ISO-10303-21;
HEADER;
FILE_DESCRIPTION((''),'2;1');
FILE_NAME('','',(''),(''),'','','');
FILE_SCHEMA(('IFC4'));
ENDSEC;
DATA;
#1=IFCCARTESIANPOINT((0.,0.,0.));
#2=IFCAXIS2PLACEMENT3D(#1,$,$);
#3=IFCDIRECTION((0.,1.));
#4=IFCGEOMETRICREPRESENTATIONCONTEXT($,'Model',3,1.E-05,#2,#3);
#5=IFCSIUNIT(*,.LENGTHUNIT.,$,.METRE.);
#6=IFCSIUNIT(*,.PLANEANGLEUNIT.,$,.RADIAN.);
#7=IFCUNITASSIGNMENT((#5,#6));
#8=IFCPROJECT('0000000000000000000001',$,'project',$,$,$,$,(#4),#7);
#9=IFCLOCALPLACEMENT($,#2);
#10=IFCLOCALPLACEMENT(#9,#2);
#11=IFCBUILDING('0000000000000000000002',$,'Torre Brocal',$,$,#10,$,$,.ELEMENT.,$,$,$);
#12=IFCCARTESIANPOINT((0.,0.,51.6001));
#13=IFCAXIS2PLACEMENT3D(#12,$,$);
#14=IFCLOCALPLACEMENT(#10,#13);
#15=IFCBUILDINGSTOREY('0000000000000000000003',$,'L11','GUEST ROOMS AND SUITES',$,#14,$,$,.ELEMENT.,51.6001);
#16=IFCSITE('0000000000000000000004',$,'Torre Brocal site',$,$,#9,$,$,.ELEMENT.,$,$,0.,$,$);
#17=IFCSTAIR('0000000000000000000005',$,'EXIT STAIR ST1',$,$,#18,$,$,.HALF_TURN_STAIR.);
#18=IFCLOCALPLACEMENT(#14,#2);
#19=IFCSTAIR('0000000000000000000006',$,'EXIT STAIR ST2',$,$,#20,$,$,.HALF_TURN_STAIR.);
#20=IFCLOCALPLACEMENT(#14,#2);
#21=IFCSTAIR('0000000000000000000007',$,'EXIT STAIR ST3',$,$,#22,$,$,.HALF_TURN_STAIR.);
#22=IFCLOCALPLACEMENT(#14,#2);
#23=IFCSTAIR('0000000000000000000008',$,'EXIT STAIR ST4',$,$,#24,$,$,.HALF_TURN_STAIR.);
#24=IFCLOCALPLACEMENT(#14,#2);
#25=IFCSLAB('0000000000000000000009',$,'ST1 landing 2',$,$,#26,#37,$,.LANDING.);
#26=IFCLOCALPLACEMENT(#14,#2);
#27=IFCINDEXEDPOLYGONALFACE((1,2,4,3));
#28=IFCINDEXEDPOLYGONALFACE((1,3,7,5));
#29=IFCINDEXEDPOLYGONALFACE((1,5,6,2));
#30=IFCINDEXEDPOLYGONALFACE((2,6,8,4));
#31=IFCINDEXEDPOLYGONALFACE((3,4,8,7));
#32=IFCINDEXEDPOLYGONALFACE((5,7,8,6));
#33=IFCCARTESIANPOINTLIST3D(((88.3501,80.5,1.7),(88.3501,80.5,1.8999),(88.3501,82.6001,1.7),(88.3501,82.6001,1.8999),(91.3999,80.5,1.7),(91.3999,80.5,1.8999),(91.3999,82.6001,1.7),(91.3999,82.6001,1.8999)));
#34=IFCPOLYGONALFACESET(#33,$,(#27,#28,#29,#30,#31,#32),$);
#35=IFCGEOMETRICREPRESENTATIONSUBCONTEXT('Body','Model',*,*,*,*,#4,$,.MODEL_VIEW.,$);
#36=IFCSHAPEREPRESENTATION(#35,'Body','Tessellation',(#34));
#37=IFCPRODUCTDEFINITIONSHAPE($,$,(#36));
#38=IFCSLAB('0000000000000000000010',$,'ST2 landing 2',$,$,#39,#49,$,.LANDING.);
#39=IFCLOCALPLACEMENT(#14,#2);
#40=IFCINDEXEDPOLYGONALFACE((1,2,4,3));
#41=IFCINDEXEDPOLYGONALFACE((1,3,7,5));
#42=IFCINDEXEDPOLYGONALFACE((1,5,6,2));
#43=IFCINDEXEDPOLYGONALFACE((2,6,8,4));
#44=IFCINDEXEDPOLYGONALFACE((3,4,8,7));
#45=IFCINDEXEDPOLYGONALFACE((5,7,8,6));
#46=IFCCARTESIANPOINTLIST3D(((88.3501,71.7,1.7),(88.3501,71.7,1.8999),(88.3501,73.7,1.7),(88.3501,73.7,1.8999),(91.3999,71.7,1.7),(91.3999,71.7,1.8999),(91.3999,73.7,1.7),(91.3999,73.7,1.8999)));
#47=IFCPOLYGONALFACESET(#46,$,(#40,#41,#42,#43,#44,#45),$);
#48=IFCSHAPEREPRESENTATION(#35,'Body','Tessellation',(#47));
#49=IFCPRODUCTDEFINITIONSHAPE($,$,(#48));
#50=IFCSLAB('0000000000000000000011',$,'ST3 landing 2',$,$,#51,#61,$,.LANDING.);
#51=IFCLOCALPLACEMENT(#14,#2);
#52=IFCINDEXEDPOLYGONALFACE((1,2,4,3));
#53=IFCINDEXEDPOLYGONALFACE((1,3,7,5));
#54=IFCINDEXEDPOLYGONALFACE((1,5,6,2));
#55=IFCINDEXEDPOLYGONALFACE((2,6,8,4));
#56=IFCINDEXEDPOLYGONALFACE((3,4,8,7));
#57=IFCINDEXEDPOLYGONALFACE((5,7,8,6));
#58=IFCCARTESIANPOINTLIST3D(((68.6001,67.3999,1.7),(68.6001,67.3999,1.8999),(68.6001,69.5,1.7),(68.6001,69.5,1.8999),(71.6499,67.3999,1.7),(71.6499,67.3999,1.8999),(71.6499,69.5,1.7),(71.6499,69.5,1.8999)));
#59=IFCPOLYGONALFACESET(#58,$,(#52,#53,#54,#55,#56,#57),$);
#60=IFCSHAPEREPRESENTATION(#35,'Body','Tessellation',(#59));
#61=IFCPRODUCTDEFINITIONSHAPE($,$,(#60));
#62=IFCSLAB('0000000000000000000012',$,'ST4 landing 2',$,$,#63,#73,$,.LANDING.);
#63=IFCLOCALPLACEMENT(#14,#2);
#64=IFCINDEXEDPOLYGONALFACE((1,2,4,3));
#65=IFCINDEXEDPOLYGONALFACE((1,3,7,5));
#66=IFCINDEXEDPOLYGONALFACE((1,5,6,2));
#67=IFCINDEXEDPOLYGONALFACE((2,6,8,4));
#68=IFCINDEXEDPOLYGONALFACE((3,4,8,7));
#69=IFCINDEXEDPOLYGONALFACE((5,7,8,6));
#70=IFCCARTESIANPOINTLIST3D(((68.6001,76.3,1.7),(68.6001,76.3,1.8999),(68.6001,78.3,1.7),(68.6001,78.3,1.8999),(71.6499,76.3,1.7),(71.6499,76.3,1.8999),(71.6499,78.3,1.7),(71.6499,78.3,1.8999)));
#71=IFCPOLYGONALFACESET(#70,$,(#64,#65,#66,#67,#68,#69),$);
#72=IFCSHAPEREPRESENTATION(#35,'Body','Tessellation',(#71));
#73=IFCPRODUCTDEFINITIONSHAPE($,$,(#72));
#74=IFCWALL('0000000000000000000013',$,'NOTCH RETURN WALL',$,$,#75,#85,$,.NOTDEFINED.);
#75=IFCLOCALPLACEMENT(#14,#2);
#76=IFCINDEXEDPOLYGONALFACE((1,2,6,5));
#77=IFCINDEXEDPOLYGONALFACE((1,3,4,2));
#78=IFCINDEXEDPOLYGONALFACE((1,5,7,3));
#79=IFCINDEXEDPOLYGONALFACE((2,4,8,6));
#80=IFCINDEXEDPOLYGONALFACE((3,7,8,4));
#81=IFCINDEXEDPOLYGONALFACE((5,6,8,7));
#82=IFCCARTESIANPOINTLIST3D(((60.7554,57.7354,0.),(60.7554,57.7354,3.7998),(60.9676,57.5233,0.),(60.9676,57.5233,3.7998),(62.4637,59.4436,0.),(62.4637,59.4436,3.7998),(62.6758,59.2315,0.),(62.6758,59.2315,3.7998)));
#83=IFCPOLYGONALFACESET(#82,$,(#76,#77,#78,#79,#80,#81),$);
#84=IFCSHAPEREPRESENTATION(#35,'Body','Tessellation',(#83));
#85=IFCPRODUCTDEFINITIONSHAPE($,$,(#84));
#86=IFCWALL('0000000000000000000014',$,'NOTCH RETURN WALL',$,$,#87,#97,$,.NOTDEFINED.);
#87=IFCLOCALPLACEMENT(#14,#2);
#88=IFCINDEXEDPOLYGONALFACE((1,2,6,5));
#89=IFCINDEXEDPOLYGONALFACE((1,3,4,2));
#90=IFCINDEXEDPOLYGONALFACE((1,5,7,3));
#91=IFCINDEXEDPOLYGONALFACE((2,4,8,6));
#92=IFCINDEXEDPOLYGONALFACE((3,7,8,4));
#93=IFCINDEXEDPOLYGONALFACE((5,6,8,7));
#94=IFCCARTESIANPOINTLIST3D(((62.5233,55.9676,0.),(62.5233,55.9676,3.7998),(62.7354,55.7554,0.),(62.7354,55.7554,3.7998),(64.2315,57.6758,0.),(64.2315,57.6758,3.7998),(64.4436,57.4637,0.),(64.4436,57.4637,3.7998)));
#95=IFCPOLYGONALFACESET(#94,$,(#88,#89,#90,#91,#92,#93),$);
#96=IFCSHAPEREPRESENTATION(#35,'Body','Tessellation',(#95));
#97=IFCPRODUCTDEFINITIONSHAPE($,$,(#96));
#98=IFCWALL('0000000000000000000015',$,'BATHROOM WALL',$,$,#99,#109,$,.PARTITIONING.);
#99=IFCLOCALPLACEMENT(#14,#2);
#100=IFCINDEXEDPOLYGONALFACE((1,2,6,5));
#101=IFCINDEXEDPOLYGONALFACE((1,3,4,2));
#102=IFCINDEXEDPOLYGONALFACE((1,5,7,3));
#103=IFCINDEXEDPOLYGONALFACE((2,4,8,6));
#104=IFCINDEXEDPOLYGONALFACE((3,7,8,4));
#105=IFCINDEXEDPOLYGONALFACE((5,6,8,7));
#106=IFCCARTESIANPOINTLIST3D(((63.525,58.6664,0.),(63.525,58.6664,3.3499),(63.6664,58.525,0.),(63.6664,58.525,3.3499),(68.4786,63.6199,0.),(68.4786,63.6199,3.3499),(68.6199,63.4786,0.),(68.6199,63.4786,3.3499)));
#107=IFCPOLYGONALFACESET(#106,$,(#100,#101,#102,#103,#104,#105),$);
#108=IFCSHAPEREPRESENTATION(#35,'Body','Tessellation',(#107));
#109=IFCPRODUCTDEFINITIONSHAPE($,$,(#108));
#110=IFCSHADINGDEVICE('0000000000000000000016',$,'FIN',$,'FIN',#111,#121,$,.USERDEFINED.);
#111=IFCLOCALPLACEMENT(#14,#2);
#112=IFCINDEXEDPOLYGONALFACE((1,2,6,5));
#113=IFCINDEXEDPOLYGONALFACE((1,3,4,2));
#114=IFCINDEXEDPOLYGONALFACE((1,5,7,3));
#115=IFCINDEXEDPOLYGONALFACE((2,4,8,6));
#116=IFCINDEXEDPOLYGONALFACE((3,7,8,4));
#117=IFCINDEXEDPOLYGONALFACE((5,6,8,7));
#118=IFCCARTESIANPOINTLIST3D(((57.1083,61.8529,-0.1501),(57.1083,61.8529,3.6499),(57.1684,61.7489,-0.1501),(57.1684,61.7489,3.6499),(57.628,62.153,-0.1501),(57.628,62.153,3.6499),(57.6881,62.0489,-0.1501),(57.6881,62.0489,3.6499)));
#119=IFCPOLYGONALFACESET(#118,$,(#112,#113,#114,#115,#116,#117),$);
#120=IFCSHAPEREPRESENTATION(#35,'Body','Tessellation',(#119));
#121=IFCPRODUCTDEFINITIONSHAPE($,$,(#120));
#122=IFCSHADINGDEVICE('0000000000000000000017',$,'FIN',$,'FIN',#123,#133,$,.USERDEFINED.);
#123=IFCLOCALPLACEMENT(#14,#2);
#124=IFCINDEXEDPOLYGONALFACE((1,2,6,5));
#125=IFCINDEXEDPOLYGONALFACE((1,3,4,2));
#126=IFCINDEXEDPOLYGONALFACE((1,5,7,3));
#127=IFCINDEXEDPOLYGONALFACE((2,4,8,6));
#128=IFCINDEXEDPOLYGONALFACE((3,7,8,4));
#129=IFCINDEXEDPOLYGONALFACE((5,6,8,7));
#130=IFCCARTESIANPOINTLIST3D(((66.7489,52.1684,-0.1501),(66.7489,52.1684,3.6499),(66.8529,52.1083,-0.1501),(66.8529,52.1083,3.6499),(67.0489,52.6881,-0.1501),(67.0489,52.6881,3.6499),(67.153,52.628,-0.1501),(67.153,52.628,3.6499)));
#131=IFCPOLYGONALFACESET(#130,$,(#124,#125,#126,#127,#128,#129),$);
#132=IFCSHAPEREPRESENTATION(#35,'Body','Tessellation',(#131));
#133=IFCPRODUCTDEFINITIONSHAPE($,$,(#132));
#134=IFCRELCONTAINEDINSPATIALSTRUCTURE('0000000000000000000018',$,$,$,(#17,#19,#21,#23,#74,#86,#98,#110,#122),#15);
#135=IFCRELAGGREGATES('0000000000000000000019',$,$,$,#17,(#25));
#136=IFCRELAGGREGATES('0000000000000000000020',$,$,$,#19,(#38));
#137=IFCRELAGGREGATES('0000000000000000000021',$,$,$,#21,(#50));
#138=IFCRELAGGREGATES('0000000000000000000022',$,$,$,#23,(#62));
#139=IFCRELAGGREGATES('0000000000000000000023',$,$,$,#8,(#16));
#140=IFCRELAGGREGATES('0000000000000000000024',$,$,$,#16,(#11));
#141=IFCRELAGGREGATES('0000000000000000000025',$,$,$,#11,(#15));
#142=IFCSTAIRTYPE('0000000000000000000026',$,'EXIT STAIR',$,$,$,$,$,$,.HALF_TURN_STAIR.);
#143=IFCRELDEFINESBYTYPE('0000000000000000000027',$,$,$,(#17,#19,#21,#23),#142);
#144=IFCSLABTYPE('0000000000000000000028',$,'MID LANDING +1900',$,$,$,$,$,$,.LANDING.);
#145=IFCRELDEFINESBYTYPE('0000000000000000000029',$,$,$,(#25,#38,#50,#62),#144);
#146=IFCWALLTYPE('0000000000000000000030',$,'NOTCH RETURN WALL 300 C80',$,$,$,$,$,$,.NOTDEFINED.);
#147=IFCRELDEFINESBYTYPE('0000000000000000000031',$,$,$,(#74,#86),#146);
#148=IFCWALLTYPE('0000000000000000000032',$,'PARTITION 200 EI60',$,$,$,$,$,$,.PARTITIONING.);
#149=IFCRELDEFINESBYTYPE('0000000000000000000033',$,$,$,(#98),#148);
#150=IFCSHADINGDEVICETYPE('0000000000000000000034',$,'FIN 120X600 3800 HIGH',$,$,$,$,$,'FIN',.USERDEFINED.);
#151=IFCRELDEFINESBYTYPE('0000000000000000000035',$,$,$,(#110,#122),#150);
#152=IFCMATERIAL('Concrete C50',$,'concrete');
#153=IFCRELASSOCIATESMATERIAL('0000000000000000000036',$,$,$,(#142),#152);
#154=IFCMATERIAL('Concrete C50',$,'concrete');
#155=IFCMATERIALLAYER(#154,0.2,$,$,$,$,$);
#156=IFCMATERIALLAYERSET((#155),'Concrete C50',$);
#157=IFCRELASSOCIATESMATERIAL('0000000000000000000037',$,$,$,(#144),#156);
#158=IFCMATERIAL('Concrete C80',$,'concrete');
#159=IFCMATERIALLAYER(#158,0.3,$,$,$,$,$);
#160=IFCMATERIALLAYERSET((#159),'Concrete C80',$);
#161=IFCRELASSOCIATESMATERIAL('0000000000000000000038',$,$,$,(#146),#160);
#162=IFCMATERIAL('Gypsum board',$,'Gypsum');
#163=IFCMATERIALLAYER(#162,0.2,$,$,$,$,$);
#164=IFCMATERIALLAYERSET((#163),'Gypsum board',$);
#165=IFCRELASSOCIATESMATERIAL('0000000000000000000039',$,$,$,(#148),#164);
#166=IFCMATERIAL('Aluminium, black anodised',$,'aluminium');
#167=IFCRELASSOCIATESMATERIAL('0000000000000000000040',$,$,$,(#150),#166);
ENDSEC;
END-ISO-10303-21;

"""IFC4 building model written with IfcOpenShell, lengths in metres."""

from ifc_helpers import new_model, si_unit, direction, frame, frame_2d, origin, origin_2d, place, context, subcontext, project, spatial, polyline, rectangle, outline, extrude, material, layer, layer_set, material_profile, profile_set, type_object, element, aggregate, save


model = new_model("IFC4")

# Units and contexts
model_context = context("Model", 3, precision=1e-05, world=origin(), true_north=direction((0.0, 1.0)))
body_context = subcontext(model_context, "Body", "Model", "MODEL_VIEW")
ifc_project = project(units=[si_unit("LENGTHUNIT", "METRE"), si_unit("PLANEANGLEUNIT", "RADIAN")], contexts=[model_context])

# Site, building, storey
site_placement = place(None, origin())
site = spatial("IfcSite", under=ifc_project, at=site_placement, Name="Torre Brocal site", CompositionType="ELEMENT", RefElevation=0.0)
building_placement = place(site_placement, origin())
building = spatial("IfcBuilding", under=site, at=building_placement, Name="Torre Brocal", CompositionType="ELEMENT")
storey_placement = place(building_placement, frame((0.0, 0.0, 51.6001)))
storey = spatial("IfcBuildingStorey", under=building, at=storey_placement, Name="L11", Description="GUEST ROOMS AND SUITES", CompositionType="ELEMENT", Elevation=51.6001)

# Stairs
ifc_material_1 = material(Name="Concrete C50", Category="concrete")
stair_type = type_object("IfcStairType", Name="EXIT STAIR", PredefinedType="HALF_TURN_STAIR", material=ifc_material_1)
stair_1_placement = place(storey_placement, origin())
stair_1 = element("IfcStair", 1, at=stair_1_placement, inside=storey, type_object=stair_type, Name="EXIT STAIR ST1", PredefinedType="HALF_TURN_STAIR")
stair_2_placement = place(storey_placement, origin())
stair_2 = element("IfcStair", 2, at=stair_2_placement, inside=storey, type_object=stair_type, Name="EXIT STAIR ST2", PredefinedType="HALF_TURN_STAIR")
stair_3_placement = place(storey_placement, origin())
stair_3 = element("IfcStair", 3, at=stair_3_placement, inside=storey, type_object=stair_type, Name="EXIT STAIR ST3", PredefinedType="HALF_TURN_STAIR")
stair_4_placement = place(storey_placement, origin())
stair_4 = element("IfcStair", 4, at=stair_4_placement, inside=storey, type_object=stair_type, Name="EXIT STAIR ST4", PredefinedType="HALF_TURN_STAIR")

# Slabs
ifc_material_2 = material(Name="Concrete C50", Category="concrete")
ifc_layer_1 = layer(ifc_material_2, 0.2)
ifc_layer_set_1 = layer_set([ifc_layer_1], Name="Concrete C50")
slab_type_1 = type_object("IfcSlabType", Name="MID LANDING +1900", PredefinedType="LANDING", material=ifc_layer_set_1)
slab_1_placement = place(storey_placement, frame((0.0, 0.0, 1.7)))
slab_1 = element("IfcSlab", 5, at=slab_1_placement, type_object=slab_type_1, Name="ST1 landing 2", PredefinedType="LANDING", context=body_context, shape_type="SweptSolid", body=[
    extrude(outline(polyline([(88.3501, 80.5), (91.3999, 80.5), (91.3999, 82.6001), (88.3501, 82.6001), (88.3501, 80.5)])), origin(), (0.0, 0.0, 1.0), 0.2),
])
aggregate(stair_1, [slab_1])
slab_2_placement = place(storey_placement, frame((0.0, 0.0, 1.7)))
slab_2 = element("IfcSlab", 6, at=slab_2_placement, type_object=slab_type_1, Name="ST2 landing 2", PredefinedType="LANDING", context=body_context, shape_type="SweptSolid", body=[
    extrude(outline(polyline([(88.3501, 71.7), (91.3999, 71.7), (91.3999, 73.7), (88.3501, 73.7), (88.3501, 71.7)])), origin(), (0.0, 0.0, 1.0), 0.2),
])
aggregate(stair_2, [slab_2])
slab_3_placement = place(storey_placement, frame((0.0, 0.0, 1.7)))
slab_3 = element("IfcSlab", 7, at=slab_3_placement, type_object=slab_type_1, Name="ST3 landing 2", PredefinedType="LANDING", context=body_context, shape_type="SweptSolid", body=[
    extrude(outline(polyline([(71.6499, 69.5), (68.6001, 69.5), (68.6001, 67.3999), (71.6499, 67.3999), (71.6499, 69.5)])), origin(), (0.0, 0.0, 1.0), 0.2),
])
aggregate(stair_3, [slab_3])
slab_4_placement = place(storey_placement, frame((0.0, 0.0, 1.7)))
slab_4 = element("IfcSlab", 8, at=slab_4_placement, type_object=slab_type_1, Name="ST4 landing 2", PredefinedType="LANDING", context=body_context, shape_type="SweptSolid", body=[
    extrude(outline(polyline([(71.6499, 78.3), (68.6001, 78.3), (68.6001, 76.3), (71.6499, 76.3), (71.6499, 78.3)])), origin(), (0.0, 0.0, 1.0), 0.2),
])
aggregate(stair_4, [slab_4])

# Walls
ifc_material_3 = material(Name="Concrete C80", Category="concrete")
ifc_layer_2 = layer(ifc_material_3, 0.3)
ifc_layer_set_2 = layer_set([ifc_layer_2], Name="Concrete C80")
wall_type_1 = type_object("IfcWallType", Name="NOTCH RETURN WALL 300 C80", PredefinedType="NOTDEFINED", material=ifc_layer_set_2)
for number, where, z_axis, x_axis, name in (
    (9, (62.5698, 59.3376, 0.0), (0.0, 0.0, 1.0), (-0.707107, -0.707107, 0.0), "NOTCH RETURN WALL"),
    (10, (64.3376, 57.5698, 0.0), (0.0, 0.0, 1.0), (-0.707107, -0.707107, 0.0), "NOTCH RETURN WALL"),
):
    element("IfcWall", number, at=place(storey_placement, frame(where, z_axis=z_axis, x_axis=x_axis)), inside=storey, type_object=wall_type_1, Name=name, PredefinedType="NOTDEFINED", context=body_context, shape_type="SweptSolid", body=[
        extrude(rectangle(XDim=2.4158, YDim=0.3, at=frame_2d((1.208, 0.0))), origin(), (0.0, 0.0, 1.0), 3.7998),
    ])
ifc_material_4 = material(Name="Gypsum board", Category="Gypsum")
ifc_layer_3 = layer(ifc_material_4, 0.2)
ifc_layer_set_3 = layer_set([ifc_layer_3], Name="Gypsum board")
wall_type_2 = type_object("IfcWallType", Name="PARTITION 200 EI60", PredefinedType="PARTITIONING", material=ifc_layer_set_3)
wall_placement = place(storey_placement, frame((63.5957, 58.5957, 0.0), z_axis=(0.0, 0.0, 1.0), x_axis=(0.707107, 0.707107, 0.0)))
element("IfcWall", 11, at=wall_placement, inside=storey, type_object=wall_type_2, Name="BATHROOM WALL", PredefinedType="PARTITIONING", context=body_context, shape_type="SweptSolid", body=[
    extrude(rectangle(XDim=7.0054, YDim=0.2, at=frame_2d((3.5027, 0.0))), origin(), (0.0, 0.0, 1.0), 3.3499),
])

# Shading devices
ifc_material_5 = material(Name="Aluminium, black anodised", Category="aluminium")
ifc_material_profile_1 = material_profile(ifc_material_5, rectangle(XDim=0.1201, YDim=0.6001, at=origin_2d()), Name="FIN 120X600 3800 HIGH")
ifc_profile_set_1 = profile_set([ifc_material_profile_1], Name="Aluminium, black anodised")
shading_device_type = type_object("IfcShadingDeviceType", Name="FIN 120X600 3800 HIGH", ElementType="FIN", PredefinedType="USERDEFINED", material=ifc_profile_set_1)
for number, where, z_axis, x_axis, name in (
    (12, (57.3982, 61.9509, -0.1501), (0.0, 0.0, 1.0), (0.5, -0.866025, 0.0), "FIN"),
    (13, (66.9509, 52.3982, -0.1501), (0.0, 0.0, 1.0), (0.866025, -0.5, 0.0), "FIN"),
):
    element("IfcShadingDevice", number, at=place(storey_placement, frame(where, z_axis=z_axis, x_axis=x_axis)), inside=storey, type_object=shading_device_type, Name=name, ObjectType="FIN", PredefinedType="USERDEFINED", context=body_context, shape_type="SweptSolid", body=[
        extrude(rectangle(XDim=0.1201, YDim=0.6001, at=origin_2d()), origin(), (0.0, 0.0, 1.0), 3.8),
    ])

save(model, "model.ifc")
